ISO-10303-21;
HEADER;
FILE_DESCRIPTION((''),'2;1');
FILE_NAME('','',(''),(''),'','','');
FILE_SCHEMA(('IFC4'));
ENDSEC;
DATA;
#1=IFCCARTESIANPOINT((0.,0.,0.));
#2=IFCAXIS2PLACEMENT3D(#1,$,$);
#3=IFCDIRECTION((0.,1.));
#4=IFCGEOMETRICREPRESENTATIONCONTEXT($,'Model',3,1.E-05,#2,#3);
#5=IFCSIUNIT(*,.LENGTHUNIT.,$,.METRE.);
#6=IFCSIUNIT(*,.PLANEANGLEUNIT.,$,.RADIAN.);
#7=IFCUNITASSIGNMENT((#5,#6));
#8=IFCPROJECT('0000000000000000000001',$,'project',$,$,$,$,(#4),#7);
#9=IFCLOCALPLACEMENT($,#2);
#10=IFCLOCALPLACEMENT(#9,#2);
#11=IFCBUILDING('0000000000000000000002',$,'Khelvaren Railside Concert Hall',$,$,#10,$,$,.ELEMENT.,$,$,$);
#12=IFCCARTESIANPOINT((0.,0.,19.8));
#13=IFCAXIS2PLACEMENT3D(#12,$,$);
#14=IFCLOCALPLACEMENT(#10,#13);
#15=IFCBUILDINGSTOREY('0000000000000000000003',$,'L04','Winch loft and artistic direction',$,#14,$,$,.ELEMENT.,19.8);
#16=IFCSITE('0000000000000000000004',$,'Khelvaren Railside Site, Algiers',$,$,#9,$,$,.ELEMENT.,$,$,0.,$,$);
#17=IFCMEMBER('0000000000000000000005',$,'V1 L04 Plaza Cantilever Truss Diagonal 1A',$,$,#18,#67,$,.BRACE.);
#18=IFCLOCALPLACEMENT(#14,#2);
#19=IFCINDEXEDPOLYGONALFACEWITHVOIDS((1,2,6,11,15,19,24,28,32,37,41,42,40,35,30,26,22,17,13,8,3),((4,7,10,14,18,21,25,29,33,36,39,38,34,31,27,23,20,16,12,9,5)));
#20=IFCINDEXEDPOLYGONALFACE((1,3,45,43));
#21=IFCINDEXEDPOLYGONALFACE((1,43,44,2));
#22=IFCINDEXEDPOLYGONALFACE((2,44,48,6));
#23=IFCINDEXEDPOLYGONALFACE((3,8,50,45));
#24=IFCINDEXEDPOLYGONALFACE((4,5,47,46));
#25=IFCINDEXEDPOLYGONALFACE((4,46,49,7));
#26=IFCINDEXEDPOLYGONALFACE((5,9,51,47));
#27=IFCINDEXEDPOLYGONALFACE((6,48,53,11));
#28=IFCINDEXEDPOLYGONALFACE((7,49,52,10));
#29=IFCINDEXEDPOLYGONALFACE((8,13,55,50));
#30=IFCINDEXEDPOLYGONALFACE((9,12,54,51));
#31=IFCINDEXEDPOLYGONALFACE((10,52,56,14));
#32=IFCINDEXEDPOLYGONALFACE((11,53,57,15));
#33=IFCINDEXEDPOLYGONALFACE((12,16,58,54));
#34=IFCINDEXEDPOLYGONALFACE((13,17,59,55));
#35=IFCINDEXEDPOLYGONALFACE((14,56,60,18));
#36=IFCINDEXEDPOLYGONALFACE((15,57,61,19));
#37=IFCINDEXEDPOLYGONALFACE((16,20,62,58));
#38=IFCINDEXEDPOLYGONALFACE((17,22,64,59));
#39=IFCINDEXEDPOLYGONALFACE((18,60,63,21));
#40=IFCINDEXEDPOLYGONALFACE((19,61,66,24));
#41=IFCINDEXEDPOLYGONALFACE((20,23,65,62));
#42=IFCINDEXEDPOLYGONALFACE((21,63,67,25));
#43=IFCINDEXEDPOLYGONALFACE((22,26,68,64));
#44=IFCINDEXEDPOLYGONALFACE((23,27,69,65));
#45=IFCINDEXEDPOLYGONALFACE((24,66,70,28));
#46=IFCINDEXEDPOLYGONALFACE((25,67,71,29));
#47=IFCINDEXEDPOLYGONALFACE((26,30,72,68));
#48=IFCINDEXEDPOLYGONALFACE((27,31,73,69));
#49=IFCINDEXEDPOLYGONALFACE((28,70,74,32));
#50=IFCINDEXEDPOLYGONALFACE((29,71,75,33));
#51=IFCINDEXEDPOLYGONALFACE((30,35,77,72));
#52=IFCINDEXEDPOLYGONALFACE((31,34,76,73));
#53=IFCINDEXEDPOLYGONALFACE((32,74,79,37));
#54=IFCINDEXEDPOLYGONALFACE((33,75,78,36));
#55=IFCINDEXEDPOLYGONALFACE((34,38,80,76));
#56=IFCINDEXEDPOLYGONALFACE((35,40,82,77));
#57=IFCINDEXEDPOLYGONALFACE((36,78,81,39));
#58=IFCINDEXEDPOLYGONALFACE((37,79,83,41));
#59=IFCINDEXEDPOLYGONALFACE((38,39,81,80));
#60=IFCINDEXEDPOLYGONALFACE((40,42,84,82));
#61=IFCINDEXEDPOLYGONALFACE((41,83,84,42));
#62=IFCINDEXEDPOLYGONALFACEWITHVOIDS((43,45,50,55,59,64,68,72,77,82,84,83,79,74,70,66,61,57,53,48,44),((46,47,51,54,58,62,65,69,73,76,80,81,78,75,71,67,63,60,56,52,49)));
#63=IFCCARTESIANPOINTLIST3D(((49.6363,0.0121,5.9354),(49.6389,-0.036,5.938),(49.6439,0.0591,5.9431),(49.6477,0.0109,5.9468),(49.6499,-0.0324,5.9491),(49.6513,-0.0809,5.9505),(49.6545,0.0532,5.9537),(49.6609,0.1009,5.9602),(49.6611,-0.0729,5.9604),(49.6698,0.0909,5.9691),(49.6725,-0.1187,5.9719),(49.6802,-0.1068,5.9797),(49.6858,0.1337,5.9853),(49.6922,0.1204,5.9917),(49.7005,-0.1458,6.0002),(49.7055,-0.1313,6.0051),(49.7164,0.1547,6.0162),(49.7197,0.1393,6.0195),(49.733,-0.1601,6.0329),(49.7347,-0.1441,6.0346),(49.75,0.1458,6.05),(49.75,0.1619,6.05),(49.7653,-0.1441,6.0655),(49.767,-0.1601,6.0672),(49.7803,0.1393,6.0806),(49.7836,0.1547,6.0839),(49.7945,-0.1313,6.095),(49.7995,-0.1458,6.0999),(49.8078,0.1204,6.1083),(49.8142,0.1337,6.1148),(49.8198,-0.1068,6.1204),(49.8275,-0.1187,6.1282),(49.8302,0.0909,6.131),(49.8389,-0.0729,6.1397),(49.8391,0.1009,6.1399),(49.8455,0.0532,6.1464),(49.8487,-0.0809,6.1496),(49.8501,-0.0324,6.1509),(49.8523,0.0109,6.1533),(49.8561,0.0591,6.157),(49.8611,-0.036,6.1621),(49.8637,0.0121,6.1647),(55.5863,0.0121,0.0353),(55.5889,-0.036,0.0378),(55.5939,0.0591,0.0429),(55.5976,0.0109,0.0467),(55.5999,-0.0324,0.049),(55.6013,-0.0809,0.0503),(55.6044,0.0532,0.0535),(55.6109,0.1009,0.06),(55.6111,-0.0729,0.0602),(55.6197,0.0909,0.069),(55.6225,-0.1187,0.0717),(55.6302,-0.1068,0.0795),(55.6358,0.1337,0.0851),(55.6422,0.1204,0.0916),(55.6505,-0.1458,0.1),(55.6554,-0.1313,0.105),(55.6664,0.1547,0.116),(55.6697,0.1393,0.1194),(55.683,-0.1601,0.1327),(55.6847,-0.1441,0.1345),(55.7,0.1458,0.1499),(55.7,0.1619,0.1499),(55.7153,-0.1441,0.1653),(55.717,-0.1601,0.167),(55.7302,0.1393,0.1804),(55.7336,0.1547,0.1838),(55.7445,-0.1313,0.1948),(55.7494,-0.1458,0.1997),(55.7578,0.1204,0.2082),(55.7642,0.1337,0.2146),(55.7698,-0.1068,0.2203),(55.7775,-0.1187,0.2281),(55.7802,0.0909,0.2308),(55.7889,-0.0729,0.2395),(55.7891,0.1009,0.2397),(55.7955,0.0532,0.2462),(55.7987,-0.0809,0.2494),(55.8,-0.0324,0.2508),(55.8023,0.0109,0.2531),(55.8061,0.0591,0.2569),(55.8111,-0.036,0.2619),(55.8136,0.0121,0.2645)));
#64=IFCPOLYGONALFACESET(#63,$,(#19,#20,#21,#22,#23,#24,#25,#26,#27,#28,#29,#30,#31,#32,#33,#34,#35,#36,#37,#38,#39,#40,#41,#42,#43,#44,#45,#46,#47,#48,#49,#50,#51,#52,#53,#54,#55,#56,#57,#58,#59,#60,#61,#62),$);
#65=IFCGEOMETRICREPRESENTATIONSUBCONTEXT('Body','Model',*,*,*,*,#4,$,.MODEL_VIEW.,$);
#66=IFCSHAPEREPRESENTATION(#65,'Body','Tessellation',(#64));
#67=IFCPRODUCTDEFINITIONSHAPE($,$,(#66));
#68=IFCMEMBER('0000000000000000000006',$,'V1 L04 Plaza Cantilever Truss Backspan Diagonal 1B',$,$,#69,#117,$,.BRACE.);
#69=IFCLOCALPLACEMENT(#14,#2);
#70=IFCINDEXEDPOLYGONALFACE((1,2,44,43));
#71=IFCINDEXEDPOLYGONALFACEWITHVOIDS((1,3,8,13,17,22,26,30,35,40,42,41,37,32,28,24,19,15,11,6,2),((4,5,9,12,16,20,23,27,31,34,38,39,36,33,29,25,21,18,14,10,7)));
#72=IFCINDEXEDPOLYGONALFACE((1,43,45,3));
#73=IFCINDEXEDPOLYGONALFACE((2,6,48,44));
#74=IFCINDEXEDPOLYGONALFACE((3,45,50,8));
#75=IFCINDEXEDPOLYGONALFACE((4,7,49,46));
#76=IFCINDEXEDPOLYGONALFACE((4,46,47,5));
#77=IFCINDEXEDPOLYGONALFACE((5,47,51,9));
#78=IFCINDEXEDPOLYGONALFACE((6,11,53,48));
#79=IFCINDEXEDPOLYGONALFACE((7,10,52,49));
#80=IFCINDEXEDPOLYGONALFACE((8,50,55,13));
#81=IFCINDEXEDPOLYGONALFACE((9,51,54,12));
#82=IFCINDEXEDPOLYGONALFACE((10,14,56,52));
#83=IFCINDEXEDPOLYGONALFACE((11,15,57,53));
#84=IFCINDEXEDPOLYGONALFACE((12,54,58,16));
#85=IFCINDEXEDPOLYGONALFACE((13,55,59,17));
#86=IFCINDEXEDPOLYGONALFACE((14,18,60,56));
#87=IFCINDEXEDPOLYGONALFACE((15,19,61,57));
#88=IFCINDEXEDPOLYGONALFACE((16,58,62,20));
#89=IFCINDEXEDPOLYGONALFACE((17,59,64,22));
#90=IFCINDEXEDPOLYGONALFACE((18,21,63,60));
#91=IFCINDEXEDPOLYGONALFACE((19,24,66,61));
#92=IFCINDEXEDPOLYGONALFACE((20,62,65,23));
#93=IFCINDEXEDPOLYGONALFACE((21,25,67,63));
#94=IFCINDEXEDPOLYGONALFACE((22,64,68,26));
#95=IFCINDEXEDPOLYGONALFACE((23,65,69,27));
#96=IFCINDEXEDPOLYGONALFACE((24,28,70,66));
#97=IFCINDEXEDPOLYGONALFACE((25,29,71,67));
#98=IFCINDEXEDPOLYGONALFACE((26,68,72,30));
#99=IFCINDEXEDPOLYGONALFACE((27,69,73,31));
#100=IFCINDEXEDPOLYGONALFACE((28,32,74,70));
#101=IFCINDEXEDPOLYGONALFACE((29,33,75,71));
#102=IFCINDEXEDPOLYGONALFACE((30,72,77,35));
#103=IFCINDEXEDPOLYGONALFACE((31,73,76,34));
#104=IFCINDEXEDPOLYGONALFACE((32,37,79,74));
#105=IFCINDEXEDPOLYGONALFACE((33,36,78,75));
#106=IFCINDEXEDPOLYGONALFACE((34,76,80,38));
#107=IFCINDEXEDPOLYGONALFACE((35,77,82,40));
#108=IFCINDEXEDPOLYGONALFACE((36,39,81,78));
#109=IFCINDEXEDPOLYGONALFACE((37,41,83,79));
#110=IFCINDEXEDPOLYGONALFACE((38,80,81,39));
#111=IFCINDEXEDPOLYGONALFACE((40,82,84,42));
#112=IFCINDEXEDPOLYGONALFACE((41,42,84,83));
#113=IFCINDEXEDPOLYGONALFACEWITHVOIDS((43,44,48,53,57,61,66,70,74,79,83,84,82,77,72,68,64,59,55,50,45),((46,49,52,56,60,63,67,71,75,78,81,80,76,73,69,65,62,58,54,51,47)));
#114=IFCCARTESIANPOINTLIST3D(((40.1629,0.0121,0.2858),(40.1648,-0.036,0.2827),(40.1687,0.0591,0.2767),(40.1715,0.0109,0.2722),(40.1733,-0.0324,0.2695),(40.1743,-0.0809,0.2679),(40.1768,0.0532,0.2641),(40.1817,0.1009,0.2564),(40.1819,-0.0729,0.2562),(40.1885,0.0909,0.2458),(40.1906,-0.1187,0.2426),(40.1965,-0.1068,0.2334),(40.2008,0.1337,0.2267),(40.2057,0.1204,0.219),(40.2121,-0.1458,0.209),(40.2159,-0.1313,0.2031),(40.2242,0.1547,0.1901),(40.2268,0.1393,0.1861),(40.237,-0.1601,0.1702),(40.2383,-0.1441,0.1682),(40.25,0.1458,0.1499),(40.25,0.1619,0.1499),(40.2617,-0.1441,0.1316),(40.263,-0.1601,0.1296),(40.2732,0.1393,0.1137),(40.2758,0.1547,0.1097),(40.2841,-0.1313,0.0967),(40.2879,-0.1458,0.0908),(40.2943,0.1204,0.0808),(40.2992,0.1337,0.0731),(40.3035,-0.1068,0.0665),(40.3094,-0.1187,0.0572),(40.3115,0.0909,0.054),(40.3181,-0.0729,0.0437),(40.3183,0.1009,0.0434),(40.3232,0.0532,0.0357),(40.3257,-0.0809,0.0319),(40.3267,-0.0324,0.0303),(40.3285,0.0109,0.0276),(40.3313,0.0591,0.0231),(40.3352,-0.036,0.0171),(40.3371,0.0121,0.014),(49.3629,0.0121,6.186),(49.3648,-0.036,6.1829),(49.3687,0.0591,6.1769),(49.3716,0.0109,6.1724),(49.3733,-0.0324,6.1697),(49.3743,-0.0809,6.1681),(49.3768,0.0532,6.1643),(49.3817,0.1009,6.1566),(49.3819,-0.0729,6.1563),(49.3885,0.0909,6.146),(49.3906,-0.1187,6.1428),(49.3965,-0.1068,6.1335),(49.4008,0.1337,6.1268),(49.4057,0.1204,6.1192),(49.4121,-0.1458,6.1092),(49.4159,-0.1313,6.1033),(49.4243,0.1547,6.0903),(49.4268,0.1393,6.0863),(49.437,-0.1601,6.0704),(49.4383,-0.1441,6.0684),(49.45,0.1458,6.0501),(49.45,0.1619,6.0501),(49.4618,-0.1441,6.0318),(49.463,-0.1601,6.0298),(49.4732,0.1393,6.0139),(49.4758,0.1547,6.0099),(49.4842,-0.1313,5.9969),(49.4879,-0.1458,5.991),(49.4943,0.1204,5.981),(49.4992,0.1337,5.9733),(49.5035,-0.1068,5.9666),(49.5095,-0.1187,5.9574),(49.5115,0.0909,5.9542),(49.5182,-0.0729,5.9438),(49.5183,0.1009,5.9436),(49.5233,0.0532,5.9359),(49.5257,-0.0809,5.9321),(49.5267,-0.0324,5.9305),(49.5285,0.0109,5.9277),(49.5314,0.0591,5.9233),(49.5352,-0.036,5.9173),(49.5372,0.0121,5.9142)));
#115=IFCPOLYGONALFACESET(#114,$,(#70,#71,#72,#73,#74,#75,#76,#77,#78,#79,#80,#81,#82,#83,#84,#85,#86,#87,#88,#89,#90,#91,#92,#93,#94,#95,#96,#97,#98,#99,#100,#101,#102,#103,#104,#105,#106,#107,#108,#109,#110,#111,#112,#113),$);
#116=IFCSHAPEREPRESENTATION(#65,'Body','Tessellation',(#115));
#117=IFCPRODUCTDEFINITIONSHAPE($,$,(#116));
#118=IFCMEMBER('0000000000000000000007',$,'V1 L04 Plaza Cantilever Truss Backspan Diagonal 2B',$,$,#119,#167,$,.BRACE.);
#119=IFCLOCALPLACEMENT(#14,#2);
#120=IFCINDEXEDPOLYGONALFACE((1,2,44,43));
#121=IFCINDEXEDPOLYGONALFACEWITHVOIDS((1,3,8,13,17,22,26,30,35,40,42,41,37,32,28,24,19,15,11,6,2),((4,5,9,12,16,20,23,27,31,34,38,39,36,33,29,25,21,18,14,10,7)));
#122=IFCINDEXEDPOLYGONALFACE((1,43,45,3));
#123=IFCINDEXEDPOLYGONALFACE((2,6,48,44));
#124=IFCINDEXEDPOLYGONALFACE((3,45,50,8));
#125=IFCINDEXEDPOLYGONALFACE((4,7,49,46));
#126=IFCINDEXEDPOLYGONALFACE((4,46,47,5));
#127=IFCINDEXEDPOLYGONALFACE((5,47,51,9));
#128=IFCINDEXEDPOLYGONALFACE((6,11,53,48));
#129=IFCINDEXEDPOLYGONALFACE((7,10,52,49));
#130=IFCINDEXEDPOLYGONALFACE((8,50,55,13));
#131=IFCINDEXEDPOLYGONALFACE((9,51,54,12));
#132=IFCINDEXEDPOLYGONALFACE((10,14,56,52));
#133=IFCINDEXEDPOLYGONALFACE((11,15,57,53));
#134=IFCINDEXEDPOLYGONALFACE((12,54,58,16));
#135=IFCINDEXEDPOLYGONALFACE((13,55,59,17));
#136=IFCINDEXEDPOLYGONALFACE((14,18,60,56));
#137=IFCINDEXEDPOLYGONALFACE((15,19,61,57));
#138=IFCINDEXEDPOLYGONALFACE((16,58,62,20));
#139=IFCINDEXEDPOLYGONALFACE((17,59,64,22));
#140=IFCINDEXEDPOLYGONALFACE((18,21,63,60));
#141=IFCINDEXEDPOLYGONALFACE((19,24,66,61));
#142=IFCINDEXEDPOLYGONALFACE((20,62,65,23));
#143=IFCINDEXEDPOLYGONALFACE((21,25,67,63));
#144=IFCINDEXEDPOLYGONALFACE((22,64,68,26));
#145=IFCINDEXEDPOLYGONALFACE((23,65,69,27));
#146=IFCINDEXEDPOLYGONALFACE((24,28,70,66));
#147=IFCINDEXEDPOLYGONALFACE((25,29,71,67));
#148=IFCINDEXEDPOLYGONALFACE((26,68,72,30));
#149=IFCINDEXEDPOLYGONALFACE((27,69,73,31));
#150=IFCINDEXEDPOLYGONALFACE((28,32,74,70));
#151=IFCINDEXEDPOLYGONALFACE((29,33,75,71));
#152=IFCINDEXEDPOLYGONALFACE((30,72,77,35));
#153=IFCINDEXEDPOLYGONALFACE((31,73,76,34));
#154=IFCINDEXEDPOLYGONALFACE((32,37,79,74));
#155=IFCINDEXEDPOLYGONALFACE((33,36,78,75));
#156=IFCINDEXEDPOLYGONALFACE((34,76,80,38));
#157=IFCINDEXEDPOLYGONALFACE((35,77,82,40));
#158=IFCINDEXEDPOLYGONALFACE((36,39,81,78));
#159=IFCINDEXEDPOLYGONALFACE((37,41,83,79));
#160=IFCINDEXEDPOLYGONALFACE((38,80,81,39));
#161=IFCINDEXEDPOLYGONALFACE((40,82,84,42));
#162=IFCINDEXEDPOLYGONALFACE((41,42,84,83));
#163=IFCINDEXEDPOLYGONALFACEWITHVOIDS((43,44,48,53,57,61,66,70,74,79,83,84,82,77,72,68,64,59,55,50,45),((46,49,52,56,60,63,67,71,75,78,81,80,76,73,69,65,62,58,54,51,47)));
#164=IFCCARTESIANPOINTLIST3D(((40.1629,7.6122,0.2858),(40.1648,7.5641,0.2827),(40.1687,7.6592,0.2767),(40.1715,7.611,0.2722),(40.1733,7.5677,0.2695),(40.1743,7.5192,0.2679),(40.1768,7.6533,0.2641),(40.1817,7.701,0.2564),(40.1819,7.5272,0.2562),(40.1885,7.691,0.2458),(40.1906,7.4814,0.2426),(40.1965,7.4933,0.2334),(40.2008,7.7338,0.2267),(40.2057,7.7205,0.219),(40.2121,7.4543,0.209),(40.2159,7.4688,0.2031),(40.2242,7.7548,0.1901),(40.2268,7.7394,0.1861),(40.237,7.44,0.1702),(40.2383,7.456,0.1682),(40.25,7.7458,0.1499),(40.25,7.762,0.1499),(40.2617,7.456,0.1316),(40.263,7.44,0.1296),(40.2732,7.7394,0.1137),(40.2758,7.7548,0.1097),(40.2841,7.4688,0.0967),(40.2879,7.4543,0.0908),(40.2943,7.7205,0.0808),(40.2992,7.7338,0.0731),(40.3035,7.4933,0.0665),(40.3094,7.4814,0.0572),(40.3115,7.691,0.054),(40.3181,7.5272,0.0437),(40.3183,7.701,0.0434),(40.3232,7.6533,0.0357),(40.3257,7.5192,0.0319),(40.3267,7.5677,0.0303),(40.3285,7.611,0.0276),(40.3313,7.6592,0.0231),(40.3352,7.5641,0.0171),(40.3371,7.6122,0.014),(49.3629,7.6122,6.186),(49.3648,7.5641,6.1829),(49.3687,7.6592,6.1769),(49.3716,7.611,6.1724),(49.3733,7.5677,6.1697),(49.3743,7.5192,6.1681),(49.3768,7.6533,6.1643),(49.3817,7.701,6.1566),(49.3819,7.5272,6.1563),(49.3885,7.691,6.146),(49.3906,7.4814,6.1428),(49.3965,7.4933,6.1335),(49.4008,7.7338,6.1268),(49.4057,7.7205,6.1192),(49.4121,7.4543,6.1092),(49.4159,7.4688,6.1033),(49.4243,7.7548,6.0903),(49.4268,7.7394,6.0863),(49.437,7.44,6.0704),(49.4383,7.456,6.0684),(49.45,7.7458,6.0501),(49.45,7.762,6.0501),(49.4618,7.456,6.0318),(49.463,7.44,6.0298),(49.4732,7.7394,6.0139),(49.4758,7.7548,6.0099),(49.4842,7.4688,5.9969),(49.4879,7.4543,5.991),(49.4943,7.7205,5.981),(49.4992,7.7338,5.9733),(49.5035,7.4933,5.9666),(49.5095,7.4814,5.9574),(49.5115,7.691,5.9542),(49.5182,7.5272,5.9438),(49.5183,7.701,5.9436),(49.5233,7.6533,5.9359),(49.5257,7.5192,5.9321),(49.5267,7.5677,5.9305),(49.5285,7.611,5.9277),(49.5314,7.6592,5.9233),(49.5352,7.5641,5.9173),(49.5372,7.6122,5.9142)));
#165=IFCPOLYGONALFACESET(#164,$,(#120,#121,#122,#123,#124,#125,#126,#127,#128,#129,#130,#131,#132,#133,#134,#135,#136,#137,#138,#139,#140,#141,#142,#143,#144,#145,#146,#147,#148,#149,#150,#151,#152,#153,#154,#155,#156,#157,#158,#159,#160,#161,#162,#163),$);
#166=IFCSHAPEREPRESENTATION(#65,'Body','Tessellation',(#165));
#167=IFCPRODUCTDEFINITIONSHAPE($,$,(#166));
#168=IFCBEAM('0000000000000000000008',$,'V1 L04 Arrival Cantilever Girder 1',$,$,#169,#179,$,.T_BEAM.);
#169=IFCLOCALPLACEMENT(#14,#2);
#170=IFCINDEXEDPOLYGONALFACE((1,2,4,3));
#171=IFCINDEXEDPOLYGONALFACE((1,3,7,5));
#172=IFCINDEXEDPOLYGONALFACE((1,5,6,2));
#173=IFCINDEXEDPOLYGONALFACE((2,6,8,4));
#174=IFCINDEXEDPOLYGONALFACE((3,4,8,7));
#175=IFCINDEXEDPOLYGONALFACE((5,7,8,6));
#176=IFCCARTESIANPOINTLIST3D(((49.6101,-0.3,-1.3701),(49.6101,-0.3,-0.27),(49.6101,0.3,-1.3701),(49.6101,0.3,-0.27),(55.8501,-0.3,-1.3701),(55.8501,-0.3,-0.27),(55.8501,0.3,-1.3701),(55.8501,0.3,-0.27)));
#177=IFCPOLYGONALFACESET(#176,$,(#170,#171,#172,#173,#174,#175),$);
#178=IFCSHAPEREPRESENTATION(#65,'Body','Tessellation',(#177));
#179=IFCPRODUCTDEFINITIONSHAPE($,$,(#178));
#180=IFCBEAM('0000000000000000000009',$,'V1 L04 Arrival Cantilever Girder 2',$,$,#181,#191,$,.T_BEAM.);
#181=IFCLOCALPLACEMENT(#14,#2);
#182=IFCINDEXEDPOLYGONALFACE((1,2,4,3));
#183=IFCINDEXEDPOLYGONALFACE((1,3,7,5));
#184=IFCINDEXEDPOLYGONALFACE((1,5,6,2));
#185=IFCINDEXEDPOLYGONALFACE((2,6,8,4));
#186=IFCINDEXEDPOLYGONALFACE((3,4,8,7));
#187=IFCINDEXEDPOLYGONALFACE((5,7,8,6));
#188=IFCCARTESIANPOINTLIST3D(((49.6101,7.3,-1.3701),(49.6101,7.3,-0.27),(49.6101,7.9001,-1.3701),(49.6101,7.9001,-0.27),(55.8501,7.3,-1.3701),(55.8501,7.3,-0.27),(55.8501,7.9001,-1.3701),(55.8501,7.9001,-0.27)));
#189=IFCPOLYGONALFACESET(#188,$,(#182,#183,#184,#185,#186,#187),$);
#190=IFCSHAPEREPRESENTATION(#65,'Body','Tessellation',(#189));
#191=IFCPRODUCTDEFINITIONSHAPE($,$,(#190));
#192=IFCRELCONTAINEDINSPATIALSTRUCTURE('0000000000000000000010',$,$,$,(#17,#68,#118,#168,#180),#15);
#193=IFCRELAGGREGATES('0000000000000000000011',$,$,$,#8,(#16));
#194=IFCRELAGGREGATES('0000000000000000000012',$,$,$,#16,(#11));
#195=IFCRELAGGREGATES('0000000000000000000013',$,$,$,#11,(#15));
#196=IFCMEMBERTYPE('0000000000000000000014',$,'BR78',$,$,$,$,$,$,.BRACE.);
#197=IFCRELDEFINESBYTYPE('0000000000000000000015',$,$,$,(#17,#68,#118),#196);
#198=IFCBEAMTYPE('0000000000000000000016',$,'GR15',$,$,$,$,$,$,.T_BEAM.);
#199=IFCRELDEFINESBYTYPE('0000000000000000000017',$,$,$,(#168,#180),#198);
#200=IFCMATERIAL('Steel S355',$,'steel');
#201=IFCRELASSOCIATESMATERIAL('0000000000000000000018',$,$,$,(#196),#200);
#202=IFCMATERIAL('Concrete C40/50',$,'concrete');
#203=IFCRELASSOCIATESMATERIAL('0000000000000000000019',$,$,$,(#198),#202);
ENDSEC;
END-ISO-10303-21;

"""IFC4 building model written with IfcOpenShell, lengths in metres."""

from ifc_helpers import new_model, si_unit, direction, frame, origin, origin_2d, place, context, subcontext, project, spatial, rectangle, hollow_circle, extrude, material, material_profile, profile_set, type_object, element, save


model = new_model("IFC4")

# Units and contexts
model_context = context("Model", 3, precision=1e-05, world=origin(), true_north=direction((0.0, 1.0)))
body_context = subcontext(model_context, "Body", "Model", "MODEL_VIEW")
ifc_project = project(units=[si_unit("LENGTHUNIT", "METRE"), si_unit("PLANEANGLEUNIT", "RADIAN")], contexts=[model_context])

# Site, building, storey
site_placement = place(None, origin())
site = spatial("IfcSite", under=ifc_project, at=site_placement, Name="Khelvaren Railside Site, Algiers", CompositionType="ELEMENT", RefElevation=0.0)
building_placement = place(site_placement, origin())
building = spatial("IfcBuilding", under=site, at=building_placement, Name="Khelvaren Railside Concert Hall", CompositionType="ELEMENT")
storey_placement = place(building_placement, frame((0.0, 0.0, 19.8)))
storey = spatial("IfcBuildingStorey", under=building, at=storey_placement, Name="L04", Description="Winch loft and artistic direction", CompositionType="ELEMENT", Elevation=19.8)

# Shared definitions
ifc_material_1 = material(Name="Steel S355", Category="steel")

# Members
ifc_material_profile_1 = material_profile(ifc_material_1, hollow_circle(Radius=0.1619, WallThickness=0.0161, at=origin_2d()), Name="CHS 323.9x16")
ifc_profile_set_1 = profile_set([ifc_material_profile_1], Name="Steel S355")
member_type_1 = type_object("IfcMemberType", Name="BR78", PredefinedType="BRACE", material=ifc_profile_set_1)
member_1_placement = place(storey_placement, frame((49.75, 0.0, 6.05), z_axis=(0.710072, 0.0, -0.704129), x_axis=(0.0, 1.0, 0.0)))
element("IfcMember", 1, at=member_1_placement, inside=storey, type_object=member_type_1, Name="V1 L04 Plaza Cantilever Truss Diagonal 1A", PredefinedType="BRACE", context=body_context, shape_type="SweptSolid", body=[
    extrude(hollow_circle(Radius=0.1619, WallThickness=0.0161, at=origin_2d()), origin(), (0.0, 0.0, 1.0), 8.3794),
])
for number, where, z_axis, x_axis, name in (
    (2, (40.25, 0.0, 0.1499), (0.841765, 0.0, 0.539844), (0.0, 1.0, 0.0), "V1 L04 Plaza Cantilever Truss Backspan Diagonal 1B"),
    (3, (40.25, 7.6001, 0.1499), (0.841765, 0.0, 0.539844), (0.0, 1.0, 0.0), "V1 L04 Plaza Cantilever Truss Backspan Diagonal 2B"),
):
    element("IfcMember", number, at=place(storey_placement, frame(where, z_axis=z_axis, x_axis=x_axis)), inside=storey, type_object=member_type_1, Name=name, PredefinedType="BRACE", context=body_context, shape_type="SweptSolid", body=[
        extrude(hollow_circle(Radius=0.1619, WallThickness=0.0161, at=origin_2d()), origin(), (0.0, 0.0, 1.0), 10.9294),
    ])

# Beams
ifc_material_2 = material(Name="Concrete C40/50", Category="concrete")
ifc_material_profile_2 = material_profile(ifc_material_2, rectangle(XDim=0.6001, YDim=1.1001, at=origin_2d()), Name="RCB 600x1100")
ifc_profile_set_2 = profile_set([ifc_material_profile_2], Name="Concrete C40/50")
beam_type_1 = type_object("IfcBeamType", Name="GR15", PredefinedType="T_BEAM", material=ifc_profile_set_2)
for number, where, z_axis, x_axis, name in (
    (4, (49.6101, 0.0, -0.8201), (1.0, 0.0, 0.0), (0.0, 1.0, 0.0), "V1 L04 Arrival Cantilever Girder 1"),
    (5, (49.6101, 7.6001, -0.8201), (1.0, 0.0, 0.0), (0.0, 1.0, 0.0), "V1 L04 Arrival Cantilever Girder 2"),
):
    element("IfcBeam", number, at=place(storey_placement, frame(where, z_axis=z_axis, x_axis=x_axis)), inside=storey, type_object=beam_type_1, Name=name, PredefinedType="T_BEAM", context=body_context, shape_type="SweptSolid", body=[
        extrude(rectangle(XDim=0.6001, YDim=1.1001, at=origin_2d()), origin(), (0.0, 0.0, 1.0), 6.24),
    ])

save(model, "model.ifc")
